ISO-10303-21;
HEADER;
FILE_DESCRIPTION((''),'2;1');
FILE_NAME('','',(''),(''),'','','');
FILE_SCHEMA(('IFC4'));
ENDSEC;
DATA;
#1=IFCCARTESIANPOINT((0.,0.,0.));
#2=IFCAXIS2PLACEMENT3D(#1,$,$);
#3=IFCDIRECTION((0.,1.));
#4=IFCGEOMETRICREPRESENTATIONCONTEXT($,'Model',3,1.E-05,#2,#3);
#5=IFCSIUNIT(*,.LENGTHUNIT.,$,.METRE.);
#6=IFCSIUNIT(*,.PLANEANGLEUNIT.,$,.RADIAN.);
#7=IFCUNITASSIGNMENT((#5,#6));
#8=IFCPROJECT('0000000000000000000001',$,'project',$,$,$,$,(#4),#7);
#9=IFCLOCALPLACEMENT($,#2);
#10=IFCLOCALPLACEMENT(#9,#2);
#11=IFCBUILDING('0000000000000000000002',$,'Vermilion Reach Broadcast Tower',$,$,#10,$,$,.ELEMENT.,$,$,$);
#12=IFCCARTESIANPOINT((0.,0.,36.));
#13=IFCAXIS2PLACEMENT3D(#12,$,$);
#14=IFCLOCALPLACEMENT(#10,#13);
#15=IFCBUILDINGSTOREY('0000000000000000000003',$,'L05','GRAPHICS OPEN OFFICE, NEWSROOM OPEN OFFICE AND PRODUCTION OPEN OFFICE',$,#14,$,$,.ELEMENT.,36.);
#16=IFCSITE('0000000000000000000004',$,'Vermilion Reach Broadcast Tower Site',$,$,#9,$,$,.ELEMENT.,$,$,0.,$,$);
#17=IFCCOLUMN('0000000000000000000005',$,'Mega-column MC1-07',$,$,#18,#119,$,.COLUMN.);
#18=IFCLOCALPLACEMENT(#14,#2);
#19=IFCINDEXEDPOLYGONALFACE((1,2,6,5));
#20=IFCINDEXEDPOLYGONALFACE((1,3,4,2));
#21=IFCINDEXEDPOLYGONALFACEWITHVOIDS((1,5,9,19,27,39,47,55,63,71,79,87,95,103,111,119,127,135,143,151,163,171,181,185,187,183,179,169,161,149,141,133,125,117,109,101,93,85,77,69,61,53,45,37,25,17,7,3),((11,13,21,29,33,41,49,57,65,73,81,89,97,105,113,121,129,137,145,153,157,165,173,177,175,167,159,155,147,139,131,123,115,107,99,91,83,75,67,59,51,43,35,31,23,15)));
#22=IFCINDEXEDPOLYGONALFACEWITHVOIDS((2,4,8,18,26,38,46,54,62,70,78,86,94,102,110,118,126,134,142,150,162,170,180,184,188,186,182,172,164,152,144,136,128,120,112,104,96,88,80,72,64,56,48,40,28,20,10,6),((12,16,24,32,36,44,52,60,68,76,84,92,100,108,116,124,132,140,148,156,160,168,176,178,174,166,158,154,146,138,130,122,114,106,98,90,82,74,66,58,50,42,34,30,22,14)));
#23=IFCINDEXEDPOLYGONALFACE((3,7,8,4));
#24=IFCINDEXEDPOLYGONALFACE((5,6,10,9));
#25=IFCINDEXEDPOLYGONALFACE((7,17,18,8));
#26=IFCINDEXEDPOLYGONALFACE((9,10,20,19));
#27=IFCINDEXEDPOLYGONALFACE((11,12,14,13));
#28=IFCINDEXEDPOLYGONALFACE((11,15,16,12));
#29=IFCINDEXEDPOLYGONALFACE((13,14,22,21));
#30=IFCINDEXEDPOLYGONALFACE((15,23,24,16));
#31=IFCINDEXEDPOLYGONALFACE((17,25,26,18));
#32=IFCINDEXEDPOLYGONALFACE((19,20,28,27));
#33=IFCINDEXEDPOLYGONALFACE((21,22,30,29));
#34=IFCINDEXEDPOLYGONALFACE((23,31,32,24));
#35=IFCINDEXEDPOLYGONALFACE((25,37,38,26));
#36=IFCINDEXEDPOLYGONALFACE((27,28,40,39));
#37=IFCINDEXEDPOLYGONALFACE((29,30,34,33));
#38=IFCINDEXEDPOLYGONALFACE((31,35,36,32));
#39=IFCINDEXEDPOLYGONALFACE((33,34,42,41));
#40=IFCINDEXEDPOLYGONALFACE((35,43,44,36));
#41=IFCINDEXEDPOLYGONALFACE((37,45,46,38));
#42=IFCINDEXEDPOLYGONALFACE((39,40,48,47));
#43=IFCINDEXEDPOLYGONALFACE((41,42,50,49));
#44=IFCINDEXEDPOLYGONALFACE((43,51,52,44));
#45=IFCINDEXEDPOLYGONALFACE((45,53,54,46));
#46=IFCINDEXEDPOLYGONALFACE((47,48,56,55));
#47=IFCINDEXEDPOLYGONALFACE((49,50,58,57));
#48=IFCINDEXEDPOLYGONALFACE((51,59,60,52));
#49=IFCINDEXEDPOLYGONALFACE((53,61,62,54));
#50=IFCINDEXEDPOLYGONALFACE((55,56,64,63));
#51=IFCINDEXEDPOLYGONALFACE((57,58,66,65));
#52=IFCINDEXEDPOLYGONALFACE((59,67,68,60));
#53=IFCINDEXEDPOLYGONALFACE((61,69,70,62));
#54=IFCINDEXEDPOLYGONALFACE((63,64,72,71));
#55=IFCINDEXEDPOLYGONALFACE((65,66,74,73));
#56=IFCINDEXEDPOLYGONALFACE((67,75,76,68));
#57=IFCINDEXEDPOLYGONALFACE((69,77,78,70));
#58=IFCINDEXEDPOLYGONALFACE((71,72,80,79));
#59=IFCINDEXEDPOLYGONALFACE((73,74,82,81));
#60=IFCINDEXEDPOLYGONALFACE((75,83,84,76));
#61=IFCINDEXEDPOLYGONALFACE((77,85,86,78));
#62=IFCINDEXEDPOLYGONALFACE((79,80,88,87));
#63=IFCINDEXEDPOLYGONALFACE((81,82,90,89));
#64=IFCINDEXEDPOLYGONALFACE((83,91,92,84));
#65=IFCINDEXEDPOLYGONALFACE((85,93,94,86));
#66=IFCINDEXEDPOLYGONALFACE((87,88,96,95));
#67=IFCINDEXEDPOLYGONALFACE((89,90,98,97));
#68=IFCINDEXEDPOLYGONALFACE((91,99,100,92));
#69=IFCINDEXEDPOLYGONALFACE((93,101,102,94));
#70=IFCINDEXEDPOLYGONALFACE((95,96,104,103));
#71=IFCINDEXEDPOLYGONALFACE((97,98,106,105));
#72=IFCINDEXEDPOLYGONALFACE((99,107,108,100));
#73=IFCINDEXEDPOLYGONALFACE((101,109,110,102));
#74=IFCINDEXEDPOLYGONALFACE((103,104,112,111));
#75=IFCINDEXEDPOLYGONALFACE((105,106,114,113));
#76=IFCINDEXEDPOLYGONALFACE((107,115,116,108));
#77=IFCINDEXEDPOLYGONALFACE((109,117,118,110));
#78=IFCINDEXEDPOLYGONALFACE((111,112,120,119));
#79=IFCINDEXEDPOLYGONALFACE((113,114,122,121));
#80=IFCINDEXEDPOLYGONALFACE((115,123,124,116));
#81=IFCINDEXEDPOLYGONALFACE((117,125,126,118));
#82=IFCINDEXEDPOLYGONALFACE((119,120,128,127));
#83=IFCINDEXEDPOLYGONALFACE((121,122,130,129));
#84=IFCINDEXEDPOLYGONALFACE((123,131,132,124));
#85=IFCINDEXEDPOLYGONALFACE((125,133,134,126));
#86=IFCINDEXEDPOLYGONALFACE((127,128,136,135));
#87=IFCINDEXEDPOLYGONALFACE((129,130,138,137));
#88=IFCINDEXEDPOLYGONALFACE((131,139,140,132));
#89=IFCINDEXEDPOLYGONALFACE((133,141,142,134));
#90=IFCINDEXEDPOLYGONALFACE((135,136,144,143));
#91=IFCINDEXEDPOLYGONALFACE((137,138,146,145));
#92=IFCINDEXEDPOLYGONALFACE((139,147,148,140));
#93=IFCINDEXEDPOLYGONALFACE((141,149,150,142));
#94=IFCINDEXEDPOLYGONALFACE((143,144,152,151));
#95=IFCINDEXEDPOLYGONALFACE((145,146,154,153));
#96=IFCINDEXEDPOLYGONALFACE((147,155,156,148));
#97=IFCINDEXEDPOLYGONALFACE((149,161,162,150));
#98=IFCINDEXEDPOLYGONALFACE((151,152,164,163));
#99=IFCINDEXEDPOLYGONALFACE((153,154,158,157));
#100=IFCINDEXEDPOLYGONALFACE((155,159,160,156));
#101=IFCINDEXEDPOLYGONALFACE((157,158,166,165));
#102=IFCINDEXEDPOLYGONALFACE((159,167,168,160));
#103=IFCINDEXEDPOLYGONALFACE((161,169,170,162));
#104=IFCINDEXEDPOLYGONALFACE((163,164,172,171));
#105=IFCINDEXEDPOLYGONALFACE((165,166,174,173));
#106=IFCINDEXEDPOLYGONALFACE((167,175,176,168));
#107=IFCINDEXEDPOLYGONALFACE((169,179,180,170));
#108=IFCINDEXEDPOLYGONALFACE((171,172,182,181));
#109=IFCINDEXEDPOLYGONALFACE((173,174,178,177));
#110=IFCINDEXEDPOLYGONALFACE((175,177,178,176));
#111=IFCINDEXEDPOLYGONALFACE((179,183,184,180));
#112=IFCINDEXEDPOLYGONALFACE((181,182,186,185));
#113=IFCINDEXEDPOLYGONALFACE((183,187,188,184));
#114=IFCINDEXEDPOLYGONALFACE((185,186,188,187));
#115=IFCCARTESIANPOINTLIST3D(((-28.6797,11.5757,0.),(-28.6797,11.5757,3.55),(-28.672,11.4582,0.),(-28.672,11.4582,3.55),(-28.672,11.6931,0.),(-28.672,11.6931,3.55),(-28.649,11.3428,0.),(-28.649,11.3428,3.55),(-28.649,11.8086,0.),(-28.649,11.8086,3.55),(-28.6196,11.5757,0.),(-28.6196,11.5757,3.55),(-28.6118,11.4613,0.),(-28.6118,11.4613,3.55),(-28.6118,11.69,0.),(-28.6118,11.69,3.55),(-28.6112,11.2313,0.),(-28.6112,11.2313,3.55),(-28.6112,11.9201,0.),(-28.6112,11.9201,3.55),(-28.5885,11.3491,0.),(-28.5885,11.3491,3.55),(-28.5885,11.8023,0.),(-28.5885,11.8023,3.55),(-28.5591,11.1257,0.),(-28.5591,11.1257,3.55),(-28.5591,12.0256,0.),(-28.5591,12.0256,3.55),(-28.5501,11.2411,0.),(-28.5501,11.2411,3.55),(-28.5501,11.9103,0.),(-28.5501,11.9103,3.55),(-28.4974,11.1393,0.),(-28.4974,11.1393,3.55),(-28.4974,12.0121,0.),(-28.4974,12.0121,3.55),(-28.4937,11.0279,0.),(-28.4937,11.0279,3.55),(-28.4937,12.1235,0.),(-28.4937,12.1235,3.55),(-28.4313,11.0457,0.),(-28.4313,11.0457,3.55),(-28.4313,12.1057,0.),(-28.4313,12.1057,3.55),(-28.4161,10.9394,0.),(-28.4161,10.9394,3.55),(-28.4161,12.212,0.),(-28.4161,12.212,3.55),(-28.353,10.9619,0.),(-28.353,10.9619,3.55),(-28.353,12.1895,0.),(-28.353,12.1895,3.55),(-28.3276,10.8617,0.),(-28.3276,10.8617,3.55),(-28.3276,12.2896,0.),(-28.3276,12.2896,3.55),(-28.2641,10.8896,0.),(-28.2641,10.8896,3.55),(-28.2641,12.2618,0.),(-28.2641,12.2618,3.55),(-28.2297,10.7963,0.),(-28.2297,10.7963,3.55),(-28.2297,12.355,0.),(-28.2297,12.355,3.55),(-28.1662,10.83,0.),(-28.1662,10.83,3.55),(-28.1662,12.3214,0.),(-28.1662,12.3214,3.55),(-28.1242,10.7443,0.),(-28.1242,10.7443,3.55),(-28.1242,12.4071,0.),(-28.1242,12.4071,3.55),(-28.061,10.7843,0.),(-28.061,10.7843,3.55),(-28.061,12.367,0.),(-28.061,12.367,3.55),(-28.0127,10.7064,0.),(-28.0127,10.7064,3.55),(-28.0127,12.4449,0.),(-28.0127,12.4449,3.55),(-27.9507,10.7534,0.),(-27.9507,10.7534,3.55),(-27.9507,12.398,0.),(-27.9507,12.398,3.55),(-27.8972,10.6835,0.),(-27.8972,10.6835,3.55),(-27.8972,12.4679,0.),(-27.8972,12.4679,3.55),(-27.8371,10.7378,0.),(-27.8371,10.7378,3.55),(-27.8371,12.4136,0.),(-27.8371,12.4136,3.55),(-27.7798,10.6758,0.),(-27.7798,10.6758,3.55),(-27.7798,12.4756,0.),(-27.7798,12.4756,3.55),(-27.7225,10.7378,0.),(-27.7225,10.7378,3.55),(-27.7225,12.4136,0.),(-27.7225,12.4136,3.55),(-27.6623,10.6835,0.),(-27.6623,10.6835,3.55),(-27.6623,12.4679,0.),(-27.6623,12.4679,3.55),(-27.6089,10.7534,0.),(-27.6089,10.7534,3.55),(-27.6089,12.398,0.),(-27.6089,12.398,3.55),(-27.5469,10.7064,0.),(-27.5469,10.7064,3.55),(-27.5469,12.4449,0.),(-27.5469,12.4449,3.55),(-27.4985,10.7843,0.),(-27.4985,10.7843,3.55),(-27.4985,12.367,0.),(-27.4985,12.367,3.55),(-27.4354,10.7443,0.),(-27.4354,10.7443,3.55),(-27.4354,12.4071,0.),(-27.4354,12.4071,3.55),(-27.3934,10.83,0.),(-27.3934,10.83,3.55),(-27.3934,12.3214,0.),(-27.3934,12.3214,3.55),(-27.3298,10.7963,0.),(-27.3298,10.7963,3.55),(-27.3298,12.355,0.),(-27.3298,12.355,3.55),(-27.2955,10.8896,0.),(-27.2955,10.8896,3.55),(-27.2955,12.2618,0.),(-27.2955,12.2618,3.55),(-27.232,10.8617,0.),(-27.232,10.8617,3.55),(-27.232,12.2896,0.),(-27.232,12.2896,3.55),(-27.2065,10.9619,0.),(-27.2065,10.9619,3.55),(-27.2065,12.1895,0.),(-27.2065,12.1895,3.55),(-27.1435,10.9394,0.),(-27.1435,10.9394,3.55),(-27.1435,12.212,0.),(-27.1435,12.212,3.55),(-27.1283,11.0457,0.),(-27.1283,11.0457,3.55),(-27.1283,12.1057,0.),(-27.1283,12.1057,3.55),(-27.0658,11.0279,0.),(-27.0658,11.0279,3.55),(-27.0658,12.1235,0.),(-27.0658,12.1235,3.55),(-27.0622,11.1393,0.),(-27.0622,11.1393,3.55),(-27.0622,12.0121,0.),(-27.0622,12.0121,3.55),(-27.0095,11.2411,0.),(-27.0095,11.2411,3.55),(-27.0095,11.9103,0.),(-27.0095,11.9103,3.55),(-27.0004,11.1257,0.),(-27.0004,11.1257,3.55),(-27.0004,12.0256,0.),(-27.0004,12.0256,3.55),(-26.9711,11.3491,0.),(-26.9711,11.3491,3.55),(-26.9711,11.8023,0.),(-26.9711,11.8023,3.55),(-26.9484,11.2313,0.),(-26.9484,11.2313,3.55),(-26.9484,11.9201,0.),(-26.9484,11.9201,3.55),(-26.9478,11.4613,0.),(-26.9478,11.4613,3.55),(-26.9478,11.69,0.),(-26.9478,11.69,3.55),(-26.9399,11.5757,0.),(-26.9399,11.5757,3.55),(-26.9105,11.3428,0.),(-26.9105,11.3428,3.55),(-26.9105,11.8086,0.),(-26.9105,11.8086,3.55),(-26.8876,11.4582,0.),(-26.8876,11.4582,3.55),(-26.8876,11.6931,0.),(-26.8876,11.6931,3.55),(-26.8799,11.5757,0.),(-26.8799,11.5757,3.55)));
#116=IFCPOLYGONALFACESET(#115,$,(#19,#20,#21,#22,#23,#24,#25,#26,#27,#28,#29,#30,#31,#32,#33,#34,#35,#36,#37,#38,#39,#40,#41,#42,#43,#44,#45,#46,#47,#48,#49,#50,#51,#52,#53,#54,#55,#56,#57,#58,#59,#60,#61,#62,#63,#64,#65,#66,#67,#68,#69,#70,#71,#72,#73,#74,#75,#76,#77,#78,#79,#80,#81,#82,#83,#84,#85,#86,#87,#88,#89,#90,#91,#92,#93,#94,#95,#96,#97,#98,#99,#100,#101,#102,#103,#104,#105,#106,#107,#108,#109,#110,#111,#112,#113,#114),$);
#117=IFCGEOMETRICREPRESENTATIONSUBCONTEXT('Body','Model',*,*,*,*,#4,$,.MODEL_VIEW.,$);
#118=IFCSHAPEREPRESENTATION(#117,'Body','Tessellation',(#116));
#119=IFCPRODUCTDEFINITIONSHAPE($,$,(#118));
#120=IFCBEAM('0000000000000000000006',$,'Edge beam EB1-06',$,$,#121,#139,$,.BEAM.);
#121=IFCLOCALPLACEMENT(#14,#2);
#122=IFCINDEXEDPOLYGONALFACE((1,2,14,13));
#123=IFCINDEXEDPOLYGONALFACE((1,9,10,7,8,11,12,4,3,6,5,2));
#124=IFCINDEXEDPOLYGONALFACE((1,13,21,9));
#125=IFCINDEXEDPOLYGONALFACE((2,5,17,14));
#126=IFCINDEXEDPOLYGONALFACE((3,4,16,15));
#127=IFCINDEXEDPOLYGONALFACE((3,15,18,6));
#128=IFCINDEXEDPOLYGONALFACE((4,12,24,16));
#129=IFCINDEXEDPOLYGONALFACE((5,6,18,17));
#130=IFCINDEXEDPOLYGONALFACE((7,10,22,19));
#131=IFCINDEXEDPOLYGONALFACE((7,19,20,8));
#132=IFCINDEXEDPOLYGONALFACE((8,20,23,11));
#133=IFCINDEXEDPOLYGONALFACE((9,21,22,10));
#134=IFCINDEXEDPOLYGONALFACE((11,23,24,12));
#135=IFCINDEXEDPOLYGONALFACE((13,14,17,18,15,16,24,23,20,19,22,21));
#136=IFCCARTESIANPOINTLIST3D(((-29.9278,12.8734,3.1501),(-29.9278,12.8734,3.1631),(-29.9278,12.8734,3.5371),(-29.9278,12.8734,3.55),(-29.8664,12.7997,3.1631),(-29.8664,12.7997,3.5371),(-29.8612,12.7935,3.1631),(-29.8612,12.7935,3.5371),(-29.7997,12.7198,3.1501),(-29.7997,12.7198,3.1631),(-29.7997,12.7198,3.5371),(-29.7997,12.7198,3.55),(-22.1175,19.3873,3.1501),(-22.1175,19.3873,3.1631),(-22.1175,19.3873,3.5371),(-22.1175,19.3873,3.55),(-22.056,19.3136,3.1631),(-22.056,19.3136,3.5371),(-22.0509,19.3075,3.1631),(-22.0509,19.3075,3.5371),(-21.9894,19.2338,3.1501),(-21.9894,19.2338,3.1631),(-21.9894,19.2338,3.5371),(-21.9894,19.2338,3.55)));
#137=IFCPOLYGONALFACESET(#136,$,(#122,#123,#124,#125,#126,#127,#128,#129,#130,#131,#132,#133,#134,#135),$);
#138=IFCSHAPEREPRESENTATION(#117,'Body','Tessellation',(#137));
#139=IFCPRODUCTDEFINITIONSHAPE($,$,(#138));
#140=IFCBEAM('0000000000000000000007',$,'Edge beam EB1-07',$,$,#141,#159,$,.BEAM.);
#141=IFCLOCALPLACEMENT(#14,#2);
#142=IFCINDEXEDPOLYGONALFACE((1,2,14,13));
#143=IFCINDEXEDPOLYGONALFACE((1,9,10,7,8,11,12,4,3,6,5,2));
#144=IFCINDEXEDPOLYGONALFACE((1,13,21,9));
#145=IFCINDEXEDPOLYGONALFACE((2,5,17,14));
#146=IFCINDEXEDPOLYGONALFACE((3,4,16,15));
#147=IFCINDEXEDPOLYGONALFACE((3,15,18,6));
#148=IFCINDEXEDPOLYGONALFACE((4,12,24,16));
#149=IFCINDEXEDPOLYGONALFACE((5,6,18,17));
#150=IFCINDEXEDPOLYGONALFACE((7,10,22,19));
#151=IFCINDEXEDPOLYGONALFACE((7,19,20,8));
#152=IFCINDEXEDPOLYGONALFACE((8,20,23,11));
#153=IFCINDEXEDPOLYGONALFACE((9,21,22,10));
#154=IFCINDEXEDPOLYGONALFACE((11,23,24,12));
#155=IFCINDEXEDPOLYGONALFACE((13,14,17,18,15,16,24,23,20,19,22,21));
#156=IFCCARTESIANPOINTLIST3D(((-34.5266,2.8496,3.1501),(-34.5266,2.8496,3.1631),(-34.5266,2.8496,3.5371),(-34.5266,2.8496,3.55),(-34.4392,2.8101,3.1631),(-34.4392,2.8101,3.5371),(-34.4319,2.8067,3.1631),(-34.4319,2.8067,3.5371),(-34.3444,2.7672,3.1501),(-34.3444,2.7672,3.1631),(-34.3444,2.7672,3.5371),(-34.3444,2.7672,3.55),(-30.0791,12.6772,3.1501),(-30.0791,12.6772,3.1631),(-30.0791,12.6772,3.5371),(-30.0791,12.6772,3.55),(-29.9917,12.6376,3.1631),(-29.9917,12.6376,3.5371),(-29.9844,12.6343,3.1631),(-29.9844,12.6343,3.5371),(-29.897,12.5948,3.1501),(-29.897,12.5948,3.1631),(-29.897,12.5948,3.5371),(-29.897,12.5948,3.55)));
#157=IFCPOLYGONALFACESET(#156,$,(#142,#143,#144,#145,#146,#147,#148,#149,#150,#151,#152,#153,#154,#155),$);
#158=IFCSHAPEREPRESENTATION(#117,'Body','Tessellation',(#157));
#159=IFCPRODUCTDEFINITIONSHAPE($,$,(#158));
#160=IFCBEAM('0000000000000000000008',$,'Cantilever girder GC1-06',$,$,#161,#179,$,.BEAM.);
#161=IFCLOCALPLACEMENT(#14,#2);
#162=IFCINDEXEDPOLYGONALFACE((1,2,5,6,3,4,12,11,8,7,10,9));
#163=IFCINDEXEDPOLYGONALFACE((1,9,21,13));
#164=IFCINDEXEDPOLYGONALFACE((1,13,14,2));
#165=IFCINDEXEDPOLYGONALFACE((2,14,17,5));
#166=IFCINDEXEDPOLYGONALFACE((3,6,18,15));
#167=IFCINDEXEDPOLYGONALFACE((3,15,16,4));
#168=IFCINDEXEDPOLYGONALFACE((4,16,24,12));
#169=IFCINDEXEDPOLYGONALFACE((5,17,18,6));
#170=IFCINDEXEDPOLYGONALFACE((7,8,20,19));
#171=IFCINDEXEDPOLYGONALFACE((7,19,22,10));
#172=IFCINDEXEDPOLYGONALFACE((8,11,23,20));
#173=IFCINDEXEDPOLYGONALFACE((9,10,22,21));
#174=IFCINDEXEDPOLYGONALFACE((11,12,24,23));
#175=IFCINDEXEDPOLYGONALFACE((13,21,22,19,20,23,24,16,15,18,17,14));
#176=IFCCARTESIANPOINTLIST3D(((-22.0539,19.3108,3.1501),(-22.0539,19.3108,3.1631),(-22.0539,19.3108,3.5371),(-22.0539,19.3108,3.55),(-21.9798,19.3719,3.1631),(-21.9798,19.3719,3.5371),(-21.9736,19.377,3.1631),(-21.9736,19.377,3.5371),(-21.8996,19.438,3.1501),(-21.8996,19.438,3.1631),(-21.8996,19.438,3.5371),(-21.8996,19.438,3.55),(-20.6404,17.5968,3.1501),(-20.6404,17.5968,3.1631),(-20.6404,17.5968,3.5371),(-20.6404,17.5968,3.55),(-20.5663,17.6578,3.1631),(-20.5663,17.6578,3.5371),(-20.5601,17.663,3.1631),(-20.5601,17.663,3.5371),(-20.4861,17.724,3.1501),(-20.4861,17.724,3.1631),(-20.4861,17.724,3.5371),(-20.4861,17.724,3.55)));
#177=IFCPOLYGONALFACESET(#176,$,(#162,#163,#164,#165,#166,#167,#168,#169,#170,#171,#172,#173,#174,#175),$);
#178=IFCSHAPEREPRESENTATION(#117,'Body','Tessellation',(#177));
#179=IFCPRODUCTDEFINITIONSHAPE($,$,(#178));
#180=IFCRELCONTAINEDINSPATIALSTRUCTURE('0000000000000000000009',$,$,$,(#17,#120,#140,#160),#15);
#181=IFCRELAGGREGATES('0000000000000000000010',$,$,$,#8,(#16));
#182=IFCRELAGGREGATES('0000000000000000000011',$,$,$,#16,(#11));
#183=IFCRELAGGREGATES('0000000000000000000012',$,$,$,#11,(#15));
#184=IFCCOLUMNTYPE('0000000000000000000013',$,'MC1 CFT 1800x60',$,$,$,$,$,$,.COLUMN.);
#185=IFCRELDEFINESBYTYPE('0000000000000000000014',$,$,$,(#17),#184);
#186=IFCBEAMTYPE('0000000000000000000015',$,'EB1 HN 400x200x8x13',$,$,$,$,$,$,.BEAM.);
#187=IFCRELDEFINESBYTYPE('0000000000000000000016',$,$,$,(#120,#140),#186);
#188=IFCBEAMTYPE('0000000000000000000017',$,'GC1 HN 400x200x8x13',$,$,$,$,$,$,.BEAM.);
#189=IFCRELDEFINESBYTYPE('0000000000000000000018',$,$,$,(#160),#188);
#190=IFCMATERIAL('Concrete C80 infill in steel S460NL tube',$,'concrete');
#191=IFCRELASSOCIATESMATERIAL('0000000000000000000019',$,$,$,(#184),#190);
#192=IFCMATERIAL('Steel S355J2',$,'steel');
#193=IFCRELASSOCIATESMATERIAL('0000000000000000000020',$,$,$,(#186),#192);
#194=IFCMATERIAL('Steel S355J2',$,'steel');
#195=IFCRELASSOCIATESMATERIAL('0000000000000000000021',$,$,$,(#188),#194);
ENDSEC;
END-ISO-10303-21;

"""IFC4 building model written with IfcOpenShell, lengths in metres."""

from ifc_helpers import new_model, si_unit, direction, frame, origin, origin_2d, place, context, subcontext, project, spatial, hollow_circle, i_section, extrude, material, material_profile, profile_set, type_object, element, save


model = new_model("IFC4")

# Units and contexts
model_context = context("Model", 3, precision=1e-05, world=origin(), true_north=direction((0.0, 1.0)))
body_context = subcontext(model_context, "Body", "Model", "MODEL_VIEW")
ifc_project = project(units=[si_unit("LENGTHUNIT", "METRE"), si_unit("PLANEANGLEUNIT", "RADIAN")], contexts=[model_context])

# Site, building, storey
site_placement = place(None, origin())
site = spatial("IfcSite", under=ifc_project, at=site_placement, Name="Vermilion Reach Broadcast Tower Site", CompositionType="ELEMENT", RefElevation=0.0)
building_placement = place(site_placement, origin())
building = spatial("IfcBuilding", under=site, at=building_placement, Name="Vermilion Reach Broadcast Tower", CompositionType="ELEMENT")
storey_placement = place(building_placement, frame((0.0, 0.0, 36.0)))
storey = spatial("IfcBuildingStorey", under=building, at=storey_placement, Name="L05", Description="GRAPHICS OPEN OFFICE, NEWSROOM OPEN OFFICE AND PRODUCTION OPEN OFFICE", CompositionType="ELEMENT", Elevation=36.0)

# Column
ifc_material_1 = material(Name="Concrete C80 infill in steel S460NL tube", Category="concrete")
ifc_material_profile_1 = material_profile(ifc_material_1, hollow_circle(Radius=0.8999, WallThickness=0.0601, at=origin_2d()), Name="Concrete C80 infill in steel S460NL tube CFT 1800x60")
ifc_profile_set_1 = profile_set([ifc_material_profile_1], Name="Concrete C80 infill in steel S460NL tube")
column_type = type_object("IfcColumnType", Name="MC1 CFT 1800x60", PredefinedType="COLUMN", material=ifc_profile_set_1)
for number, where, z_axis, x_axis, name in (
    (1, (-27.7798, 11.5757, 0.0), (0.0, 0.0, 1.0), (1.0, 0.0, 0.0), "Mega-column MC1-07"),
):
    element("IfcColumn", number, at=place(storey_placement, frame(where, z_axis=z_axis, x_axis=x_axis)), inside=storey, type_object=column_type, Name=name, PredefinedType="COLUMN", context=body_context, shape_type="SweptSolid", body=[
        extrude(hollow_circle(Radius=0.8999, WallThickness=0.0601, at=origin_2d()), origin(), (0.0, 0.0, 1.0), 3.55),
    ])

# Beams
ifc_material_2 = material(Name="Steel S355J2", Category="steel")
ifc_material_profile_2 = material_profile(ifc_material_2, i_section(OverallWidth=0.2, OverallDepth=0.3999, WebThickness=0.0081, FlangeThickness=0.0129, at=origin_2d()), Name="S355J2 HN 400x200x8x13")
ifc_profile_set_2 = profile_set([ifc_material_profile_2], Name="Steel S355J2")
beam_type_1 = type_object("IfcBeamType", Name="EB1 HN 400x200x8x13", PredefinedType="BEAM", material=ifc_profile_set_2)
beam_1_placement = place(storey_placement, frame((-22.0535, 19.3105, 3.3501), z_axis=(-0.767963, -0.640494, 0.0), x_axis=(0.640494, -0.767963, 0.0)))
element("IfcBeam", 2, at=beam_1_placement, inside=storey, type_object=beam_type_1, Name="Edge beam EB1-06", PredefinedType="BEAM", context=body_context, shape_type="SweptSolid", body=[
    extrude(i_section(OverallWidth=0.2, OverallDepth=0.3999, WebThickness=0.0081, FlangeThickness=0.0129, at=origin_2d()), origin(), (0.0, 0.0, 1.0), 10.1702),
])
beam_2_placement = place(storey_placement, frame((-29.988, 12.636, 3.3501), z_axis=(-0.412297, -0.91105, 0.0), x_axis=(0.91105, -0.412297, 0.0)))
element("IfcBeam", 3, at=beam_2_placement, inside=storey, type_object=beam_type_1, Name="Edge beam EB1-07", PredefinedType="BEAM", context=body_context, shape_type="SweptSolid", body=[
    extrude(i_section(OverallWidth=0.2, OverallDepth=0.3999, WebThickness=0.0081, FlangeThickness=0.0129, at=origin_2d()), origin(), (0.0, 0.0, 1.0), 10.7871),
])
ifc_material_3 = material(Name="Steel S355J2", Category="steel")
ifc_material_profile_3 = material_profile(ifc_material_3, i_section(OverallWidth=0.2, OverallDepth=0.3999, WebThickness=0.0081, FlangeThickness=0.0129, at=origin_2d()), Name="S355J2 HN 400x200x8x13")
ifc_profile_set_3 = profile_set([ifc_material_profile_3], Name="Steel S355J2")
beam_type_2 = type_object("IfcBeamType", Name="GC1 HN 400x200x8x13", PredefinedType="BEAM", material=ifc_profile_set_3)
beam_3_placement = place(storey_placement, frame((-20.5632, 17.6604, 3.3501), z_axis=(-0.636231, 0.771499, 0.0), x_axis=(-0.771499, -0.636231, 0.0)))
element("IfcBeam", 4, at=beam_3_placement, inside=storey, type_object=beam_type_2, Name="Cantilever girder GC1-06", PredefinedType="BEAM", context=body_context, shape_type="SweptSolid", body=[
    extrude(i_section(OverallWidth=0.2, OverallDepth=0.3999, WebThickness=0.0081, FlangeThickness=0.0129, at=origin_2d()), origin(), (0.0, 0.0, 1.0), 2.2217),
])

save(model, "model.ifc")
